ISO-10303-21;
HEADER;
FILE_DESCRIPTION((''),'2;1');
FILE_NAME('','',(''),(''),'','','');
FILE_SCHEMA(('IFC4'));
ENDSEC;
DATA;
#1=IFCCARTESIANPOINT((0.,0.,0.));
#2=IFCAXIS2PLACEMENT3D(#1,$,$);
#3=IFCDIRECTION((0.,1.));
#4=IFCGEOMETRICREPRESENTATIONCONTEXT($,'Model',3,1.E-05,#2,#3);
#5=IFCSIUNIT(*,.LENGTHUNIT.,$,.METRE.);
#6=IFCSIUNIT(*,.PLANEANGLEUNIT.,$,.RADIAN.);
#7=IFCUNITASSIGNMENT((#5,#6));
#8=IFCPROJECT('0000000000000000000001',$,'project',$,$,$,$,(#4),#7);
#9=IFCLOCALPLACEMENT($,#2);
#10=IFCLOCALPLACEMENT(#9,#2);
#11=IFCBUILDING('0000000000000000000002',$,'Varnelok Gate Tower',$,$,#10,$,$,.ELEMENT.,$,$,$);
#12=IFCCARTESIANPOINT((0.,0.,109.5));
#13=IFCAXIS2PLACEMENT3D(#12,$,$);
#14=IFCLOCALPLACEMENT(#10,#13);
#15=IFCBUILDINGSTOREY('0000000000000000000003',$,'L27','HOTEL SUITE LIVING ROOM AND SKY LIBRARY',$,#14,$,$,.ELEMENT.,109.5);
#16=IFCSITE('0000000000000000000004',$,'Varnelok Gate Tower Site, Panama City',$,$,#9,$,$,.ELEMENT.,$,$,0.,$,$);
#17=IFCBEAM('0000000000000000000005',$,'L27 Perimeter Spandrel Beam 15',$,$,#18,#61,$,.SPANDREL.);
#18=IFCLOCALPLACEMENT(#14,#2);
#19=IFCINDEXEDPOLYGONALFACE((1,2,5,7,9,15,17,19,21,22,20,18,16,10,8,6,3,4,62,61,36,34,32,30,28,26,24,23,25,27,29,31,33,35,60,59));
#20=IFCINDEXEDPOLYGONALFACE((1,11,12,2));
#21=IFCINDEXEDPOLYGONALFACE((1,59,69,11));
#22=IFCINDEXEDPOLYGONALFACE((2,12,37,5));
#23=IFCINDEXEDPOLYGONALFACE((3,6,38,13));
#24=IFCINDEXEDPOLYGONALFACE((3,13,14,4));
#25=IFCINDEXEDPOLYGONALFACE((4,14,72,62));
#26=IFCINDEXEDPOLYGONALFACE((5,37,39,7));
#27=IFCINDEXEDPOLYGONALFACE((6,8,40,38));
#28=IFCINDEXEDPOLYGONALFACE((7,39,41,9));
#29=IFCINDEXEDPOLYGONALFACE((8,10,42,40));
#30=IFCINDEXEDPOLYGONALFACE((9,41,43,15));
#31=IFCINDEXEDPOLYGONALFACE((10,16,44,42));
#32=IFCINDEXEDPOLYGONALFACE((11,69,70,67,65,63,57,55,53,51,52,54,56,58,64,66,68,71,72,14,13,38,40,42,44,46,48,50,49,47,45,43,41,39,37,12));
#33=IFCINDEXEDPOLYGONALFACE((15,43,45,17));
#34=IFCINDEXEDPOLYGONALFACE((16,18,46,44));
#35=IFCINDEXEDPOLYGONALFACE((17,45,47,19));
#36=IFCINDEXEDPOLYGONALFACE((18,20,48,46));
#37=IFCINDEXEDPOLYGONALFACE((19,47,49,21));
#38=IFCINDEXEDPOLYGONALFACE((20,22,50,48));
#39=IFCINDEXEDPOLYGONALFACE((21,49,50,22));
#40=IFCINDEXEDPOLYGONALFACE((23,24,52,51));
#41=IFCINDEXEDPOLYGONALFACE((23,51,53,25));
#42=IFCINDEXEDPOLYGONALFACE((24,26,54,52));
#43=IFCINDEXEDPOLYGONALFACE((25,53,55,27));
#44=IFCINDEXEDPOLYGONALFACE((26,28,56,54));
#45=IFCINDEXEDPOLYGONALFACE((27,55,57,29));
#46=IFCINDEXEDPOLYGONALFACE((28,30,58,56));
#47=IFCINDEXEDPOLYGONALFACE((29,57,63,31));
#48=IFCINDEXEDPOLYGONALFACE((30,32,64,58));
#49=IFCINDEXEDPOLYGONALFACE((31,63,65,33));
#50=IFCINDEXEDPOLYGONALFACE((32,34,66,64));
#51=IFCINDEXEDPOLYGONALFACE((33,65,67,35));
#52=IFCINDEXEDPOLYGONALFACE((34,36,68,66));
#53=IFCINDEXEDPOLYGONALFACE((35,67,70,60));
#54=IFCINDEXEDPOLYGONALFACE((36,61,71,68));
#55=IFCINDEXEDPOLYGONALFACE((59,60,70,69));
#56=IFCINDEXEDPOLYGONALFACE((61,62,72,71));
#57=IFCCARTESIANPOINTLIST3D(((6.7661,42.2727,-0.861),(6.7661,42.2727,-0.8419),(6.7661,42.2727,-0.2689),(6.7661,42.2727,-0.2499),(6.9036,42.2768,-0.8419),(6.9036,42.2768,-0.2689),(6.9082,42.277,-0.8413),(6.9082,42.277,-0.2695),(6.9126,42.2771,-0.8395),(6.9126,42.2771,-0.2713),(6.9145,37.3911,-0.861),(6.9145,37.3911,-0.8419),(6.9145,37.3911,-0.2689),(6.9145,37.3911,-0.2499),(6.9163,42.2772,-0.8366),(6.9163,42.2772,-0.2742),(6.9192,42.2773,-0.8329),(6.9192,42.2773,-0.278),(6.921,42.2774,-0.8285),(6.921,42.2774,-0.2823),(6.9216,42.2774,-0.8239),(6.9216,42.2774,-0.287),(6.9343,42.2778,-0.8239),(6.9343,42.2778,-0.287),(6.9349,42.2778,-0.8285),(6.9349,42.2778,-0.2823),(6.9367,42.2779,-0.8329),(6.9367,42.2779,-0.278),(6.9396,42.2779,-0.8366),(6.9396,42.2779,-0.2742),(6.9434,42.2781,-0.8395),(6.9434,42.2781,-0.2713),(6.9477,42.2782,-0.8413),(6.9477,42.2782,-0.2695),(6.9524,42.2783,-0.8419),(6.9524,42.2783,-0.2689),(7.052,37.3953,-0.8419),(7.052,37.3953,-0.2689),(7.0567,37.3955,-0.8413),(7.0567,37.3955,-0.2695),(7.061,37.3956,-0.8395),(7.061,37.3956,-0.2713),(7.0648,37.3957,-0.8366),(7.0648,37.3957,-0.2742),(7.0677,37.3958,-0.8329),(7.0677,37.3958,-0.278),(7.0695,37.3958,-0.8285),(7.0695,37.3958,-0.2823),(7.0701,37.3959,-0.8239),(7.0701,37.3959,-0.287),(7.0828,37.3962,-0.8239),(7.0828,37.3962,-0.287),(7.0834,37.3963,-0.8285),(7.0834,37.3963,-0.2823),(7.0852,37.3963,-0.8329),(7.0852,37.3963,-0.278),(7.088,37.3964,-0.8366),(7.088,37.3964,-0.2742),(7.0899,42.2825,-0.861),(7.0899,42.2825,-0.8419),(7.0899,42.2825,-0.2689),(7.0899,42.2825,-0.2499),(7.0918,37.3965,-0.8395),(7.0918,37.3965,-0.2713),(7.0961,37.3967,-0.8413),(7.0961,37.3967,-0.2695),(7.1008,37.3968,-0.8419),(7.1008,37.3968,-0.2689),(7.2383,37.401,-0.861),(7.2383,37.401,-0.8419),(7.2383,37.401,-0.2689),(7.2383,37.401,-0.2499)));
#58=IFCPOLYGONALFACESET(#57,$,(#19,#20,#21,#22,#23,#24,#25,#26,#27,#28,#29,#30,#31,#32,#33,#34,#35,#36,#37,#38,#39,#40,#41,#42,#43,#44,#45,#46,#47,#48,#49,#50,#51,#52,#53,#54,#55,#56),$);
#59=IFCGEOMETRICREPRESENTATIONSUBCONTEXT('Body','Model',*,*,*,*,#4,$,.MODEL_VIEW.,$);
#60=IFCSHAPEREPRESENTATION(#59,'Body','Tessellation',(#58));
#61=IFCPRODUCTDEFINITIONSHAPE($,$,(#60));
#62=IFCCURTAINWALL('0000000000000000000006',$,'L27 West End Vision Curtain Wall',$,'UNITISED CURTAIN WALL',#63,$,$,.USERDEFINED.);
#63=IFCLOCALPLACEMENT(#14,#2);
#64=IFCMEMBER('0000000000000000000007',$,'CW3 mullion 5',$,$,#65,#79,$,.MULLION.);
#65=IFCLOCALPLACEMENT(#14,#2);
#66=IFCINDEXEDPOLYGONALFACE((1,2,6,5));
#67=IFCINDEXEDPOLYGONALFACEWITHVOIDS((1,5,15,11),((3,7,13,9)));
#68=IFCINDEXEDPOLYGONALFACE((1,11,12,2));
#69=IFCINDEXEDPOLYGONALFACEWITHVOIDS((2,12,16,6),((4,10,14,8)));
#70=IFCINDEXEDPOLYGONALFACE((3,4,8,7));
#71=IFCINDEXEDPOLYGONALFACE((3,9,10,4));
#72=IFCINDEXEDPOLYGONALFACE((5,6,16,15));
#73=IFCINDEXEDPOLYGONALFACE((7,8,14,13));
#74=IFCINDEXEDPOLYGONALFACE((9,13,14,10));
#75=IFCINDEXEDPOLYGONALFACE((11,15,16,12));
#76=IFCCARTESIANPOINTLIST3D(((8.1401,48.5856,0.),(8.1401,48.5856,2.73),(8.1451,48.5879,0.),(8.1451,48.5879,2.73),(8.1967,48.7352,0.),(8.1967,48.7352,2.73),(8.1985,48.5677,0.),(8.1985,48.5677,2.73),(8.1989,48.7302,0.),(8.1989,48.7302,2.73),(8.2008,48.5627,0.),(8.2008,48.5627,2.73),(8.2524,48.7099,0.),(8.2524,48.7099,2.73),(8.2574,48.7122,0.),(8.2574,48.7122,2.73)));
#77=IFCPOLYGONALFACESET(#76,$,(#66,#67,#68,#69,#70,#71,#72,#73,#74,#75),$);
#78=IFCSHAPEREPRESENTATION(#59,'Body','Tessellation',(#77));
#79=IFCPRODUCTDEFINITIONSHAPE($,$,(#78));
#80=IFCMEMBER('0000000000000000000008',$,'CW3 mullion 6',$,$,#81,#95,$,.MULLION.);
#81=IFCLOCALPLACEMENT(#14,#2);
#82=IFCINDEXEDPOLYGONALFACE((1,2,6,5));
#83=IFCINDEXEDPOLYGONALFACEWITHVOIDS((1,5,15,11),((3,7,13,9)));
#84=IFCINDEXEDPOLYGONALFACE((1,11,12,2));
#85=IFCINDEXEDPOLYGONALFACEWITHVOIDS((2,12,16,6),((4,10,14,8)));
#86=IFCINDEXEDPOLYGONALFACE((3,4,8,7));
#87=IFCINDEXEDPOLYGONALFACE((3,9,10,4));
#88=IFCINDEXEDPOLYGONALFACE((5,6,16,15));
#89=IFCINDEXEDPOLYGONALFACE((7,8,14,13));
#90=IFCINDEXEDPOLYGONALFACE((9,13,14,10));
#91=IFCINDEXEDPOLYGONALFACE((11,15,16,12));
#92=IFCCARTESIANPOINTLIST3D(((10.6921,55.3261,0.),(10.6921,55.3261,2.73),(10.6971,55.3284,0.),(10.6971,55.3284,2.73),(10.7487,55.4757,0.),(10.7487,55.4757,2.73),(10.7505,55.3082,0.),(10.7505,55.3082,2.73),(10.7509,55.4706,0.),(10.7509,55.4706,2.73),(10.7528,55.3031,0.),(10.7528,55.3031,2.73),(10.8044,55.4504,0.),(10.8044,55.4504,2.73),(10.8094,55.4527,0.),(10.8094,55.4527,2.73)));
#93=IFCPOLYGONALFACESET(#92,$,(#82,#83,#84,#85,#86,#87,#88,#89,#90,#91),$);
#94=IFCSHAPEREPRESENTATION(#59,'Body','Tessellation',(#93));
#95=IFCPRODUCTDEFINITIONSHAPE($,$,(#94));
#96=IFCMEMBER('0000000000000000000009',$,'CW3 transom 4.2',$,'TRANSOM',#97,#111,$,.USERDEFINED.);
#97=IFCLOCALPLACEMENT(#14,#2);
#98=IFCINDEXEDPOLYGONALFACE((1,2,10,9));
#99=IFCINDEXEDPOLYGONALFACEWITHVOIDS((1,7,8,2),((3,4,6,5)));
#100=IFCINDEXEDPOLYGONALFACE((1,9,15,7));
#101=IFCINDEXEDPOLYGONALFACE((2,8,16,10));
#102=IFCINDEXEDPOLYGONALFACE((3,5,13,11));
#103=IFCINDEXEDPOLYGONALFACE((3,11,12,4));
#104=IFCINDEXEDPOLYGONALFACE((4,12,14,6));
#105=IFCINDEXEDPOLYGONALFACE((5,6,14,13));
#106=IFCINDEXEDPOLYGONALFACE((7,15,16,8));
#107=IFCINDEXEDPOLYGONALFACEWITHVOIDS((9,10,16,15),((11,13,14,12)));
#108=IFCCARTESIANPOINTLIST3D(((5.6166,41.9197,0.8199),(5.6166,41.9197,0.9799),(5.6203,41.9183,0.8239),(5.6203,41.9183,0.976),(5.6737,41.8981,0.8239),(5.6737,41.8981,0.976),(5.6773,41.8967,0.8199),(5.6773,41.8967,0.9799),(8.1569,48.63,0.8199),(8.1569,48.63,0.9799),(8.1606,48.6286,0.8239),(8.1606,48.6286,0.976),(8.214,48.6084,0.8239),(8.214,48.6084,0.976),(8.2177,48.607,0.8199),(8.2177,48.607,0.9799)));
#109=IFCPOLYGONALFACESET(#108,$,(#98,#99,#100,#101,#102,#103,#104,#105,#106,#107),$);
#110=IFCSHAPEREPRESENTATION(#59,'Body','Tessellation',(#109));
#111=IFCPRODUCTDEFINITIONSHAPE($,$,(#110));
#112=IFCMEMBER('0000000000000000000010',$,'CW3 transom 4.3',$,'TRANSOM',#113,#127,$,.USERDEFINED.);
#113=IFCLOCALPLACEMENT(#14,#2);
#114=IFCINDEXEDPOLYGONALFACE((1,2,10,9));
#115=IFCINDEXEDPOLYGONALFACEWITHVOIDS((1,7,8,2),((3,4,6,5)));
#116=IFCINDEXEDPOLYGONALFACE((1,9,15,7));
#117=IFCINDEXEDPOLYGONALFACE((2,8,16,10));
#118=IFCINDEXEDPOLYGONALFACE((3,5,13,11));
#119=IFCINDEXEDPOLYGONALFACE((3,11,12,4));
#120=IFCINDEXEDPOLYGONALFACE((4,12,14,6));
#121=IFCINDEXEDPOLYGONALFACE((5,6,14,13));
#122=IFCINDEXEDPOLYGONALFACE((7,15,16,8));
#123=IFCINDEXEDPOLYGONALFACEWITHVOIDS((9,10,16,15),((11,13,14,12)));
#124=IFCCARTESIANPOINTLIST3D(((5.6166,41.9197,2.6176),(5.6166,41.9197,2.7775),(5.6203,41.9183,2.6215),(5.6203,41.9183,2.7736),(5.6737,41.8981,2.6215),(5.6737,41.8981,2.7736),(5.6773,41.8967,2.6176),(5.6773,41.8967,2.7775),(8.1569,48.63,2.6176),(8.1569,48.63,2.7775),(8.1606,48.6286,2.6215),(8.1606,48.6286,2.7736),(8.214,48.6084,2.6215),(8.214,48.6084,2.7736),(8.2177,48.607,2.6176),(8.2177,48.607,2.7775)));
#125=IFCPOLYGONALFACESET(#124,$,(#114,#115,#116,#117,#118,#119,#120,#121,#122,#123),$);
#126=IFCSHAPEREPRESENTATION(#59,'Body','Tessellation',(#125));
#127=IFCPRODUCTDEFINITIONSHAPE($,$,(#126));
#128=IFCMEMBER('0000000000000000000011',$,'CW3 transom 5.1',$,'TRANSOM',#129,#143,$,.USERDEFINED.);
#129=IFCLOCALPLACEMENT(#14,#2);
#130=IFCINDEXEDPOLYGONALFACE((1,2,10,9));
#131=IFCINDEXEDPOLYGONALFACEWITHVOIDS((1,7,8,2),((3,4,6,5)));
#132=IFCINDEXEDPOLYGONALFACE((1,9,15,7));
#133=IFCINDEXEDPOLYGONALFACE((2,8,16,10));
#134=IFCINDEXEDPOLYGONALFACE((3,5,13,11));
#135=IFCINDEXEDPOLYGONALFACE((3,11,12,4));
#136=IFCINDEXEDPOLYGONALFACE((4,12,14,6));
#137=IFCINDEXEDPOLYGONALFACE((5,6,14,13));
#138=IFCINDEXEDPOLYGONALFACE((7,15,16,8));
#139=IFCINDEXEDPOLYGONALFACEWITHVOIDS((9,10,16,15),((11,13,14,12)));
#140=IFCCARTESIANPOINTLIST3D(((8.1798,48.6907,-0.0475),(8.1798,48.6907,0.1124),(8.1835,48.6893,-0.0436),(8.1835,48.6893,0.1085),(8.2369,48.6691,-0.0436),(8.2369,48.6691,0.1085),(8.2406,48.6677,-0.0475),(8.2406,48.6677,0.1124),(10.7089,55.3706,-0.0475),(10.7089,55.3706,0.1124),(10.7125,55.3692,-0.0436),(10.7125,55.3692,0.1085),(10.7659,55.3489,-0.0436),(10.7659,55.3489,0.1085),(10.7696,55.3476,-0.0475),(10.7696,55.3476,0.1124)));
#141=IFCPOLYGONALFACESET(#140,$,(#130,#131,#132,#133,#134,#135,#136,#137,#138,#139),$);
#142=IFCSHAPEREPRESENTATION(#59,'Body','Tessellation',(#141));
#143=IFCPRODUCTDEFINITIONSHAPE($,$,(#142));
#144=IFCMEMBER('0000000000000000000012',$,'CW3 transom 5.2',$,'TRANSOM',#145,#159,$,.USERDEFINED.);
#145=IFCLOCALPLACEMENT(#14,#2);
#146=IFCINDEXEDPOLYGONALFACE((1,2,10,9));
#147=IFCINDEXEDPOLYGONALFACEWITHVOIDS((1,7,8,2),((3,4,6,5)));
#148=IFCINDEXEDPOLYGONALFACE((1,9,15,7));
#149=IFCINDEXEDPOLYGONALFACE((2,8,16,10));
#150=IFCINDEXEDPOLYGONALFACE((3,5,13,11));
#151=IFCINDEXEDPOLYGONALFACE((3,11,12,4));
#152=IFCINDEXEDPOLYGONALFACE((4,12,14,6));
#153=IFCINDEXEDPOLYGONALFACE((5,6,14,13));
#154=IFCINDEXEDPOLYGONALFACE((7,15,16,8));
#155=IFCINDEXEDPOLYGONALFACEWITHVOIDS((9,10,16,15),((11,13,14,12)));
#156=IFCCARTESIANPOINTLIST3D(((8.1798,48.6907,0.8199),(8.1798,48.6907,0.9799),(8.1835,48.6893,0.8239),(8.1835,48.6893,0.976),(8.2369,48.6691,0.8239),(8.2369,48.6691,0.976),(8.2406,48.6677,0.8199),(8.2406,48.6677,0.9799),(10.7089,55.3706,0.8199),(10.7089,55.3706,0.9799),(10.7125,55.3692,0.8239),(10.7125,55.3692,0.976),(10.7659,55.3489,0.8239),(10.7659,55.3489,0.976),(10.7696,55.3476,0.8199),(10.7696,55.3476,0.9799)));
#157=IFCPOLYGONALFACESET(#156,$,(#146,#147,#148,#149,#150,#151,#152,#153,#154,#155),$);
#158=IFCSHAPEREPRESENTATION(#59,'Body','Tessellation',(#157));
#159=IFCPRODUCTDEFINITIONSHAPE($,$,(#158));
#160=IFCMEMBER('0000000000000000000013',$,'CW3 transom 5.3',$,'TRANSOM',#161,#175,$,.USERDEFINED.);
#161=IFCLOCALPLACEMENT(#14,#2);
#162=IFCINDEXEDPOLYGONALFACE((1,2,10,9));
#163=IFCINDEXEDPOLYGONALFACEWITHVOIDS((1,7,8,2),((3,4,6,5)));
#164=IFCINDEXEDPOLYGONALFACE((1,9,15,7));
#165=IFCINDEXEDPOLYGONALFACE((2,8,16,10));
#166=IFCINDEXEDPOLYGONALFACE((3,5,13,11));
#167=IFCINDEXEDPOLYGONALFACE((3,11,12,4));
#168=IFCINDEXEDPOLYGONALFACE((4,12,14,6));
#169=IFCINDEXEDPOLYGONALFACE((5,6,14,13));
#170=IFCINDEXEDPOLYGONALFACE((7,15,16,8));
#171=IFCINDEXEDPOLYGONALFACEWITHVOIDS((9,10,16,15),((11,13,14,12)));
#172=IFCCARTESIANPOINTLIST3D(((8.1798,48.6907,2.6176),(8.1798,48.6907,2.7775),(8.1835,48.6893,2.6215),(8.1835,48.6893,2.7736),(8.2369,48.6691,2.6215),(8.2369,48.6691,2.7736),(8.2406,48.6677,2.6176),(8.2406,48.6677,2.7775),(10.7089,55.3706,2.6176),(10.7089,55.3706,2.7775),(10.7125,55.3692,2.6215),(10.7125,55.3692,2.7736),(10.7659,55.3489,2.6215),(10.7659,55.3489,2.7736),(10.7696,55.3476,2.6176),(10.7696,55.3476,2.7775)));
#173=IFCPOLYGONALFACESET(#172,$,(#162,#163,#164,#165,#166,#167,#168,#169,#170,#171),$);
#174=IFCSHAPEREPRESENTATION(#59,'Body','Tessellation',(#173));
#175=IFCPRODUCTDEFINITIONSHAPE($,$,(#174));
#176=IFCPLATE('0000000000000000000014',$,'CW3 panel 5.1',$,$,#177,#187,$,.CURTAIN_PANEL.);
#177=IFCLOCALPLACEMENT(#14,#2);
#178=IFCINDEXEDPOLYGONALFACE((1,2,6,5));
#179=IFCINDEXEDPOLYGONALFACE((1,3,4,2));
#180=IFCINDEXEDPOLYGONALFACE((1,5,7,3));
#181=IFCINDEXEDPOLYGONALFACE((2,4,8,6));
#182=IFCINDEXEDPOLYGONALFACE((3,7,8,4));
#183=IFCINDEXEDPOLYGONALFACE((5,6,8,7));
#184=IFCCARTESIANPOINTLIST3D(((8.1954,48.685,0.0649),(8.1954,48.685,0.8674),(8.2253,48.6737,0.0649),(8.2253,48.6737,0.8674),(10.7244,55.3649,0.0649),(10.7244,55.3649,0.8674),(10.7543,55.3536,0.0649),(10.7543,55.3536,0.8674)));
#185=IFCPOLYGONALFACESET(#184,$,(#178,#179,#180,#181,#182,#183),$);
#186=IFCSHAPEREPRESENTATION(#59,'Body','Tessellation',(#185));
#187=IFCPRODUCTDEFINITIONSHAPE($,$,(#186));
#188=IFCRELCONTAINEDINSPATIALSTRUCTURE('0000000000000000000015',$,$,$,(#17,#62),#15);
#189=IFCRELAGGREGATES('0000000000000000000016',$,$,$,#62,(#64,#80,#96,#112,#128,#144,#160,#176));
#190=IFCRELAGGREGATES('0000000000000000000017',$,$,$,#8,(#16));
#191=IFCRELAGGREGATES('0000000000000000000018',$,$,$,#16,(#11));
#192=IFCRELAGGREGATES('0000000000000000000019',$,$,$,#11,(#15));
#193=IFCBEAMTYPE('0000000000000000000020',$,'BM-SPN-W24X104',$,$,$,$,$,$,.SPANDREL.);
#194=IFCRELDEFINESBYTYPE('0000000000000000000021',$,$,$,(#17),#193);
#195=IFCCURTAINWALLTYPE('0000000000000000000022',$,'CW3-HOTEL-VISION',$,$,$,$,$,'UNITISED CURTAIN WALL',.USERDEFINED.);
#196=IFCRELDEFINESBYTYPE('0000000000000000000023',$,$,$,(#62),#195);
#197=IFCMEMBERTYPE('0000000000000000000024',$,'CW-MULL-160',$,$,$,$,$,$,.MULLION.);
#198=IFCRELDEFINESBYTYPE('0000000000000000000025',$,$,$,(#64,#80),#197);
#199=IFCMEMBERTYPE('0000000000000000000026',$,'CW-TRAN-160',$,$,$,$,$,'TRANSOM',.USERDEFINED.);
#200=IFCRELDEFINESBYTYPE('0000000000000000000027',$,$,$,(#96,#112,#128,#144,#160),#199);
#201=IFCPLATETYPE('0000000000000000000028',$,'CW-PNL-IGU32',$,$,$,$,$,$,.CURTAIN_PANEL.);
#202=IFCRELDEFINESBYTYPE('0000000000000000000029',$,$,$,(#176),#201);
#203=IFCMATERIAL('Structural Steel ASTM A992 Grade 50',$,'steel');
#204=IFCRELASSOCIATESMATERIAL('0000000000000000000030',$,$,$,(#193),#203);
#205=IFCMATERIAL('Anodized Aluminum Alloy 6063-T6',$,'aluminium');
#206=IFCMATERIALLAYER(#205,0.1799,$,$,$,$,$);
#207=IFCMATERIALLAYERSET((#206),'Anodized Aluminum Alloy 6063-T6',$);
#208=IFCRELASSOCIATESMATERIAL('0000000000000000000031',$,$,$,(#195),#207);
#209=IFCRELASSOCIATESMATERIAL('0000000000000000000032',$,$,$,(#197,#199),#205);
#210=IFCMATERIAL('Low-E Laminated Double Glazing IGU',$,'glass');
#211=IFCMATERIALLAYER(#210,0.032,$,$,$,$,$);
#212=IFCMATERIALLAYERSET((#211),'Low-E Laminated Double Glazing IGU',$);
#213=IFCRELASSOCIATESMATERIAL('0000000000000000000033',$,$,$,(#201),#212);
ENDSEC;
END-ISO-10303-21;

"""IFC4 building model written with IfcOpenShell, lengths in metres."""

from ifc_helpers import new_model, si_unit, direction, frame, origin, origin_2d, place, context, subcontext, project, spatial, rectangle, hollow_rectangle, i_section, extrude, source, transform, mapped, material, layer, layer_set, material_profile, profile_set, type_object, element, aggregate, save


model = new_model("IFC4")

# Units and contexts
model_context = context("Model", 3, precision=1e-05, world=origin(), true_north=direction((0.0, 1.0)))
body_context = subcontext(model_context, "Body", "Model", "MODEL_VIEW")
ifc_project = project(units=[si_unit("LENGTHUNIT", "METRE"), si_unit("PLANEANGLEUNIT", "RADIAN")], contexts=[model_context])

# Site, building, storey
site_placement = place(None, origin())
site = spatial("IfcSite", under=ifc_project, at=site_placement, Name="Varnelok Gate Tower Site, Panama City", CompositionType="ELEMENT", RefElevation=0.0)
building_placement = place(site_placement, origin())
building = spatial("IfcBuilding", under=site, at=building_placement, Name="Varnelok Gate Tower", CompositionType="ELEMENT")
storey_placement = place(building_placement, frame((0.0, 0.0, 109.5)))
storey = spatial("IfcBuildingStorey", under=building, at=storey_placement, Name="L27", Description="HOTEL SUITE LIVING ROOM AND SKY LIBRARY", CompositionType="ELEMENT", Elevation=109.5)

# Shared definitions
ifc_material_1 = material(Name="Structural Steel ASTM A992 Grade 50", Category="steel")

# Beam
ifc_material_profile_1 = material_profile(ifc_material_1, i_section(OverallWidth=0.324, OverallDepth=0.6111, WebThickness=0.0127, FlangeThickness=0.019, FilletRadius=0.0181, at=origin_2d()), Name="W24X104")
ifc_profile_set_1 = profile_set([ifc_material_profile_1], Name="Structural Steel ASTM A992 Grade 50")
beam_type_1 = type_object("IfcBeamType", Name="BM-SPN-W24X104", PredefinedType="SPANDREL", material=ifc_profile_set_1)
beam_1_placement = place(storey_placement, frame((6.928, 42.2776, -0.5554), z_axis=(0.030394, -0.999538, 0.0), x_axis=(0.999538, 0.030394, 0.0)))
element("IfcBeam", 1, at=beam_1_placement, inside=storey, type_object=beam_type_1, Name="L27 Perimeter Spandrel Beam 15", PredefinedType="SPANDREL", context=body_context, shape_type="SweptSolid", body=[
    extrude(i_section(OverallWidth=0.324, OverallDepth=0.6111, WebThickness=0.0127, FlangeThickness=0.019, FilletRadius=0.0181, at=origin_2d()), origin(), (0.0, 0.0, 1.0), 4.8838),
])

# Curtain wall, members, plate
ifc_material_2 = material(Name="Anodized Aluminum Alloy 6063-T6", Category="aluminium")
ifc_layer_1 = layer(ifc_material_2, 0.1799)
ifc_layer_set_1 = layer_set([ifc_layer_1], Name="Anodized Aluminum Alloy 6063-T6")
curtain_wall_type = type_object("IfcCurtainWallType", Name="CW3-HOTEL-VISION", ElementType="UNITISED CURTAIN WALL", PredefinedType="USERDEFINED", material=ifc_layer_set_1)
curtain_wall_placement = place(storey_placement, origin())
curtain_wall = element("IfcCurtainWall", 2, at=curtain_wall_placement, inside=storey, type_object=curtain_wall_type, Name="L27 West End Vision Curtain Wall", ObjectType="UNITISED CURTAIN WALL", PredefinedType="USERDEFINED")
ifc_material_profile_2 = material_profile(ifc_material_2, hollow_rectangle(XDim=0.0649, YDim=0.1599, WallThickness=0.0039, at=origin_2d()), Name="ALU160X65X4")
ifc_profile_set_2 = profile_set([ifc_material_profile_2], Name="Anodized Aluminum Alloy 6063-T6")
member_type_1 = type_object("IfcMemberType", Name="CW-MULL-160", PredefinedType="MULLION", material=ifc_profile_set_2)
member_1_placement = place(storey_placement, frame((8.1987, 48.6489, 0.0), z_axis=(0.0, 0.0, 1.0), x_axis=(-0.935221, 0.354064, 0.0)))
member_1 = element("IfcMember", 3, at=member_1_placement, type_object=member_type_1, Name="CW3 mullion 5", PredefinedType="MULLION", context=body_context, shape_type="SweptSolid", body=[
    extrude(hollow_rectangle(XDim=0.0649, YDim=0.1599, WallThickness=0.0039, at=origin_2d()), origin(), (0.0, 0.0, 1.0), 2.73),
])
member_2_placement = place(storey_placement, frame((10.7507, 55.3894, 0.0), z_axis=(0.0, 0.0, 1.0), x_axis=(-0.935221, 0.354064, 0.0)))
member_2 = element("IfcMember", 4, at=member_2_placement, type_object=member_type_1, Name="CW3 mullion 6", PredefinedType="MULLION", context=body_context, shape_type="SweptSolid", body=[
    extrude(hollow_rectangle(XDim=0.0649, YDim=0.1599, WallThickness=0.0039, at=origin_2d()), origin(), (0.0, 0.0, 1.0), 2.73),
])
ifc_material_profile_3 = material_profile(ifc_material_2, hollow_rectangle(XDim=0.0649, YDim=0.1599, WallThickness=0.0039, at=origin_2d()), Name="ALU160X65X4")
ifc_profile_set_3 = profile_set([ifc_material_profile_3], Name="Anodized Aluminum Alloy 6063-T6")
member_type_2 = type_object("IfcMemberType", Name="CW-TRAN-160", ElementType="TRANSOM", PredefinedType="USERDEFINED", material=ifc_profile_set_3)
member_3_placement = place(storey_placement, frame((5.647, 41.9082, 0.8999), z_axis=(0.354049, 0.935227, 0.0), x_axis=(-0.935227, 0.354049, 0.0)))
member_3 = element("IfcMember", 5, at=member_3_placement, type_object=member_type_2, Name="CW3 transom 4.2", ObjectType="TRANSOM", PredefinedType="USERDEFINED", context=body_context, shape_type="SweptSolid", body=[
    extrude(hollow_rectangle(XDim=0.0649, YDim=0.1599, WallThickness=0.0039, at=origin_2d()), origin(), (0.0, 0.0, 1.0), 7.175),
])
member_4_placement = place(storey_placement, frame((5.647, 41.9082, 2.6975), z_axis=(0.354049, 0.935227, 0.0), x_axis=(-0.935227, 0.354049, 0.0)))
member_4 = element("IfcMember", 6, at=member_4_placement, type_object=member_type_2, Name="CW3 transom 4.3", ObjectType="TRANSOM", PredefinedType="USERDEFINED", context=body_context, shape_type="SweptSolid", body=[
    extrude(hollow_rectangle(XDim=0.0649, YDim=0.1599, WallThickness=0.0039, at=origin_2d()), origin(), (0.0, 0.0, 1.0), 7.175),
])
member_5_placement = place(storey_placement, frame((8.2102, 48.6792, 0.0325), z_axis=(0.354077, 0.935216, 0.0), x_axis=(-0.935216, 0.354077, 0.0)))
member_5 = element("IfcMember", 7, at=member_5_placement, type_object=member_type_2, Name="CW3 transom 5.1", ObjectType="TRANSOM", PredefinedType="USERDEFINED", context=body_context, shape_type="SweptSolid", body=[
    extrude(hollow_rectangle(XDim=0.0649, YDim=0.1599, WallThickness=0.0039, at=origin_2d()), origin(), (0.0, 0.0, 1.0), 7.1426),
])
member_6_placement = place(storey_placement, frame((8.2102, 48.6792, 0.8999), z_axis=(0.354077, 0.935216, 0.0), x_axis=(-0.935216, 0.354077, 0.0)))
member_6 = element("IfcMember", 8, at=member_6_placement, type_object=member_type_2, Name="CW3 transom 5.2", ObjectType="TRANSOM", PredefinedType="USERDEFINED", context=body_context, shape_type="SweptSolid", body=[
    extrude(hollow_rectangle(XDim=0.0649, YDim=0.1599, WallThickness=0.0039, at=origin_2d()), origin(), (0.0, 0.0, 1.0), 7.1426),
])
member_7_placement = place(storey_placement, frame((8.2102, 48.6792, 2.6975), z_axis=(0.354077, 0.935216, 0.0), x_axis=(-0.935216, 0.354077, 0.0)))
member_7 = element("IfcMember", 9, at=member_7_placement, type_object=member_type_2, Name="CW3 transom 5.3", ObjectType="TRANSOM", PredefinedType="USERDEFINED", context=body_context, shape_type="SweptSolid", body=[
    extrude(hollow_rectangle(XDim=0.0649, YDim=0.1599, WallThickness=0.0039, at=origin_2d()), origin(), (0.0, 0.0, 1.0), 7.1426),
])
ifc_material_3 = material(Name="Low-E Laminated Double Glazing IGU", Category="glass")
ifc_layer_2 = layer(ifc_material_3, 0.032)
ifc_layer_set_2 = layer_set([ifc_layer_2], Name="Low-E Laminated Double Glazing IGU")
plate_type = type_object("IfcPlateType", Name="CW-PNL-IGU32", PredefinedType="CURTAIN_PANEL", material=ifc_layer_set_2)
shared_shape_1 = source(origin(), body_context, "Body", "SweptSolid", [
    extrude(rectangle(XDim=7.1426, YDim=0.032, at=origin_2d()), origin(), (0.0, 0.0, 1.0), 0.8025),
])
plate_1_placement = place(storey_placement, frame((9.4749, 52.0193, 0.0649), z_axis=(0.0, 0.0, 1.0), x_axis=(0.354064, 0.935221, 0.0)))
plate_1 = element("IfcPlate", 10, at=plate_1_placement, type_object=plate_type, Name="CW3 panel 5.1", PredefinedType="CURTAIN_PANEL", context=body_context, shape_type="MappedRepresentation", body=[
    mapped(shared_shape_1, transform((0.0, 0.0, 0.0), scale=1.0)),
])
aggregate(curtain_wall, [member_1, member_2, member_3, member_4, member_5, member_6, member_7, plate_1])

save(model, "model.ifc")
